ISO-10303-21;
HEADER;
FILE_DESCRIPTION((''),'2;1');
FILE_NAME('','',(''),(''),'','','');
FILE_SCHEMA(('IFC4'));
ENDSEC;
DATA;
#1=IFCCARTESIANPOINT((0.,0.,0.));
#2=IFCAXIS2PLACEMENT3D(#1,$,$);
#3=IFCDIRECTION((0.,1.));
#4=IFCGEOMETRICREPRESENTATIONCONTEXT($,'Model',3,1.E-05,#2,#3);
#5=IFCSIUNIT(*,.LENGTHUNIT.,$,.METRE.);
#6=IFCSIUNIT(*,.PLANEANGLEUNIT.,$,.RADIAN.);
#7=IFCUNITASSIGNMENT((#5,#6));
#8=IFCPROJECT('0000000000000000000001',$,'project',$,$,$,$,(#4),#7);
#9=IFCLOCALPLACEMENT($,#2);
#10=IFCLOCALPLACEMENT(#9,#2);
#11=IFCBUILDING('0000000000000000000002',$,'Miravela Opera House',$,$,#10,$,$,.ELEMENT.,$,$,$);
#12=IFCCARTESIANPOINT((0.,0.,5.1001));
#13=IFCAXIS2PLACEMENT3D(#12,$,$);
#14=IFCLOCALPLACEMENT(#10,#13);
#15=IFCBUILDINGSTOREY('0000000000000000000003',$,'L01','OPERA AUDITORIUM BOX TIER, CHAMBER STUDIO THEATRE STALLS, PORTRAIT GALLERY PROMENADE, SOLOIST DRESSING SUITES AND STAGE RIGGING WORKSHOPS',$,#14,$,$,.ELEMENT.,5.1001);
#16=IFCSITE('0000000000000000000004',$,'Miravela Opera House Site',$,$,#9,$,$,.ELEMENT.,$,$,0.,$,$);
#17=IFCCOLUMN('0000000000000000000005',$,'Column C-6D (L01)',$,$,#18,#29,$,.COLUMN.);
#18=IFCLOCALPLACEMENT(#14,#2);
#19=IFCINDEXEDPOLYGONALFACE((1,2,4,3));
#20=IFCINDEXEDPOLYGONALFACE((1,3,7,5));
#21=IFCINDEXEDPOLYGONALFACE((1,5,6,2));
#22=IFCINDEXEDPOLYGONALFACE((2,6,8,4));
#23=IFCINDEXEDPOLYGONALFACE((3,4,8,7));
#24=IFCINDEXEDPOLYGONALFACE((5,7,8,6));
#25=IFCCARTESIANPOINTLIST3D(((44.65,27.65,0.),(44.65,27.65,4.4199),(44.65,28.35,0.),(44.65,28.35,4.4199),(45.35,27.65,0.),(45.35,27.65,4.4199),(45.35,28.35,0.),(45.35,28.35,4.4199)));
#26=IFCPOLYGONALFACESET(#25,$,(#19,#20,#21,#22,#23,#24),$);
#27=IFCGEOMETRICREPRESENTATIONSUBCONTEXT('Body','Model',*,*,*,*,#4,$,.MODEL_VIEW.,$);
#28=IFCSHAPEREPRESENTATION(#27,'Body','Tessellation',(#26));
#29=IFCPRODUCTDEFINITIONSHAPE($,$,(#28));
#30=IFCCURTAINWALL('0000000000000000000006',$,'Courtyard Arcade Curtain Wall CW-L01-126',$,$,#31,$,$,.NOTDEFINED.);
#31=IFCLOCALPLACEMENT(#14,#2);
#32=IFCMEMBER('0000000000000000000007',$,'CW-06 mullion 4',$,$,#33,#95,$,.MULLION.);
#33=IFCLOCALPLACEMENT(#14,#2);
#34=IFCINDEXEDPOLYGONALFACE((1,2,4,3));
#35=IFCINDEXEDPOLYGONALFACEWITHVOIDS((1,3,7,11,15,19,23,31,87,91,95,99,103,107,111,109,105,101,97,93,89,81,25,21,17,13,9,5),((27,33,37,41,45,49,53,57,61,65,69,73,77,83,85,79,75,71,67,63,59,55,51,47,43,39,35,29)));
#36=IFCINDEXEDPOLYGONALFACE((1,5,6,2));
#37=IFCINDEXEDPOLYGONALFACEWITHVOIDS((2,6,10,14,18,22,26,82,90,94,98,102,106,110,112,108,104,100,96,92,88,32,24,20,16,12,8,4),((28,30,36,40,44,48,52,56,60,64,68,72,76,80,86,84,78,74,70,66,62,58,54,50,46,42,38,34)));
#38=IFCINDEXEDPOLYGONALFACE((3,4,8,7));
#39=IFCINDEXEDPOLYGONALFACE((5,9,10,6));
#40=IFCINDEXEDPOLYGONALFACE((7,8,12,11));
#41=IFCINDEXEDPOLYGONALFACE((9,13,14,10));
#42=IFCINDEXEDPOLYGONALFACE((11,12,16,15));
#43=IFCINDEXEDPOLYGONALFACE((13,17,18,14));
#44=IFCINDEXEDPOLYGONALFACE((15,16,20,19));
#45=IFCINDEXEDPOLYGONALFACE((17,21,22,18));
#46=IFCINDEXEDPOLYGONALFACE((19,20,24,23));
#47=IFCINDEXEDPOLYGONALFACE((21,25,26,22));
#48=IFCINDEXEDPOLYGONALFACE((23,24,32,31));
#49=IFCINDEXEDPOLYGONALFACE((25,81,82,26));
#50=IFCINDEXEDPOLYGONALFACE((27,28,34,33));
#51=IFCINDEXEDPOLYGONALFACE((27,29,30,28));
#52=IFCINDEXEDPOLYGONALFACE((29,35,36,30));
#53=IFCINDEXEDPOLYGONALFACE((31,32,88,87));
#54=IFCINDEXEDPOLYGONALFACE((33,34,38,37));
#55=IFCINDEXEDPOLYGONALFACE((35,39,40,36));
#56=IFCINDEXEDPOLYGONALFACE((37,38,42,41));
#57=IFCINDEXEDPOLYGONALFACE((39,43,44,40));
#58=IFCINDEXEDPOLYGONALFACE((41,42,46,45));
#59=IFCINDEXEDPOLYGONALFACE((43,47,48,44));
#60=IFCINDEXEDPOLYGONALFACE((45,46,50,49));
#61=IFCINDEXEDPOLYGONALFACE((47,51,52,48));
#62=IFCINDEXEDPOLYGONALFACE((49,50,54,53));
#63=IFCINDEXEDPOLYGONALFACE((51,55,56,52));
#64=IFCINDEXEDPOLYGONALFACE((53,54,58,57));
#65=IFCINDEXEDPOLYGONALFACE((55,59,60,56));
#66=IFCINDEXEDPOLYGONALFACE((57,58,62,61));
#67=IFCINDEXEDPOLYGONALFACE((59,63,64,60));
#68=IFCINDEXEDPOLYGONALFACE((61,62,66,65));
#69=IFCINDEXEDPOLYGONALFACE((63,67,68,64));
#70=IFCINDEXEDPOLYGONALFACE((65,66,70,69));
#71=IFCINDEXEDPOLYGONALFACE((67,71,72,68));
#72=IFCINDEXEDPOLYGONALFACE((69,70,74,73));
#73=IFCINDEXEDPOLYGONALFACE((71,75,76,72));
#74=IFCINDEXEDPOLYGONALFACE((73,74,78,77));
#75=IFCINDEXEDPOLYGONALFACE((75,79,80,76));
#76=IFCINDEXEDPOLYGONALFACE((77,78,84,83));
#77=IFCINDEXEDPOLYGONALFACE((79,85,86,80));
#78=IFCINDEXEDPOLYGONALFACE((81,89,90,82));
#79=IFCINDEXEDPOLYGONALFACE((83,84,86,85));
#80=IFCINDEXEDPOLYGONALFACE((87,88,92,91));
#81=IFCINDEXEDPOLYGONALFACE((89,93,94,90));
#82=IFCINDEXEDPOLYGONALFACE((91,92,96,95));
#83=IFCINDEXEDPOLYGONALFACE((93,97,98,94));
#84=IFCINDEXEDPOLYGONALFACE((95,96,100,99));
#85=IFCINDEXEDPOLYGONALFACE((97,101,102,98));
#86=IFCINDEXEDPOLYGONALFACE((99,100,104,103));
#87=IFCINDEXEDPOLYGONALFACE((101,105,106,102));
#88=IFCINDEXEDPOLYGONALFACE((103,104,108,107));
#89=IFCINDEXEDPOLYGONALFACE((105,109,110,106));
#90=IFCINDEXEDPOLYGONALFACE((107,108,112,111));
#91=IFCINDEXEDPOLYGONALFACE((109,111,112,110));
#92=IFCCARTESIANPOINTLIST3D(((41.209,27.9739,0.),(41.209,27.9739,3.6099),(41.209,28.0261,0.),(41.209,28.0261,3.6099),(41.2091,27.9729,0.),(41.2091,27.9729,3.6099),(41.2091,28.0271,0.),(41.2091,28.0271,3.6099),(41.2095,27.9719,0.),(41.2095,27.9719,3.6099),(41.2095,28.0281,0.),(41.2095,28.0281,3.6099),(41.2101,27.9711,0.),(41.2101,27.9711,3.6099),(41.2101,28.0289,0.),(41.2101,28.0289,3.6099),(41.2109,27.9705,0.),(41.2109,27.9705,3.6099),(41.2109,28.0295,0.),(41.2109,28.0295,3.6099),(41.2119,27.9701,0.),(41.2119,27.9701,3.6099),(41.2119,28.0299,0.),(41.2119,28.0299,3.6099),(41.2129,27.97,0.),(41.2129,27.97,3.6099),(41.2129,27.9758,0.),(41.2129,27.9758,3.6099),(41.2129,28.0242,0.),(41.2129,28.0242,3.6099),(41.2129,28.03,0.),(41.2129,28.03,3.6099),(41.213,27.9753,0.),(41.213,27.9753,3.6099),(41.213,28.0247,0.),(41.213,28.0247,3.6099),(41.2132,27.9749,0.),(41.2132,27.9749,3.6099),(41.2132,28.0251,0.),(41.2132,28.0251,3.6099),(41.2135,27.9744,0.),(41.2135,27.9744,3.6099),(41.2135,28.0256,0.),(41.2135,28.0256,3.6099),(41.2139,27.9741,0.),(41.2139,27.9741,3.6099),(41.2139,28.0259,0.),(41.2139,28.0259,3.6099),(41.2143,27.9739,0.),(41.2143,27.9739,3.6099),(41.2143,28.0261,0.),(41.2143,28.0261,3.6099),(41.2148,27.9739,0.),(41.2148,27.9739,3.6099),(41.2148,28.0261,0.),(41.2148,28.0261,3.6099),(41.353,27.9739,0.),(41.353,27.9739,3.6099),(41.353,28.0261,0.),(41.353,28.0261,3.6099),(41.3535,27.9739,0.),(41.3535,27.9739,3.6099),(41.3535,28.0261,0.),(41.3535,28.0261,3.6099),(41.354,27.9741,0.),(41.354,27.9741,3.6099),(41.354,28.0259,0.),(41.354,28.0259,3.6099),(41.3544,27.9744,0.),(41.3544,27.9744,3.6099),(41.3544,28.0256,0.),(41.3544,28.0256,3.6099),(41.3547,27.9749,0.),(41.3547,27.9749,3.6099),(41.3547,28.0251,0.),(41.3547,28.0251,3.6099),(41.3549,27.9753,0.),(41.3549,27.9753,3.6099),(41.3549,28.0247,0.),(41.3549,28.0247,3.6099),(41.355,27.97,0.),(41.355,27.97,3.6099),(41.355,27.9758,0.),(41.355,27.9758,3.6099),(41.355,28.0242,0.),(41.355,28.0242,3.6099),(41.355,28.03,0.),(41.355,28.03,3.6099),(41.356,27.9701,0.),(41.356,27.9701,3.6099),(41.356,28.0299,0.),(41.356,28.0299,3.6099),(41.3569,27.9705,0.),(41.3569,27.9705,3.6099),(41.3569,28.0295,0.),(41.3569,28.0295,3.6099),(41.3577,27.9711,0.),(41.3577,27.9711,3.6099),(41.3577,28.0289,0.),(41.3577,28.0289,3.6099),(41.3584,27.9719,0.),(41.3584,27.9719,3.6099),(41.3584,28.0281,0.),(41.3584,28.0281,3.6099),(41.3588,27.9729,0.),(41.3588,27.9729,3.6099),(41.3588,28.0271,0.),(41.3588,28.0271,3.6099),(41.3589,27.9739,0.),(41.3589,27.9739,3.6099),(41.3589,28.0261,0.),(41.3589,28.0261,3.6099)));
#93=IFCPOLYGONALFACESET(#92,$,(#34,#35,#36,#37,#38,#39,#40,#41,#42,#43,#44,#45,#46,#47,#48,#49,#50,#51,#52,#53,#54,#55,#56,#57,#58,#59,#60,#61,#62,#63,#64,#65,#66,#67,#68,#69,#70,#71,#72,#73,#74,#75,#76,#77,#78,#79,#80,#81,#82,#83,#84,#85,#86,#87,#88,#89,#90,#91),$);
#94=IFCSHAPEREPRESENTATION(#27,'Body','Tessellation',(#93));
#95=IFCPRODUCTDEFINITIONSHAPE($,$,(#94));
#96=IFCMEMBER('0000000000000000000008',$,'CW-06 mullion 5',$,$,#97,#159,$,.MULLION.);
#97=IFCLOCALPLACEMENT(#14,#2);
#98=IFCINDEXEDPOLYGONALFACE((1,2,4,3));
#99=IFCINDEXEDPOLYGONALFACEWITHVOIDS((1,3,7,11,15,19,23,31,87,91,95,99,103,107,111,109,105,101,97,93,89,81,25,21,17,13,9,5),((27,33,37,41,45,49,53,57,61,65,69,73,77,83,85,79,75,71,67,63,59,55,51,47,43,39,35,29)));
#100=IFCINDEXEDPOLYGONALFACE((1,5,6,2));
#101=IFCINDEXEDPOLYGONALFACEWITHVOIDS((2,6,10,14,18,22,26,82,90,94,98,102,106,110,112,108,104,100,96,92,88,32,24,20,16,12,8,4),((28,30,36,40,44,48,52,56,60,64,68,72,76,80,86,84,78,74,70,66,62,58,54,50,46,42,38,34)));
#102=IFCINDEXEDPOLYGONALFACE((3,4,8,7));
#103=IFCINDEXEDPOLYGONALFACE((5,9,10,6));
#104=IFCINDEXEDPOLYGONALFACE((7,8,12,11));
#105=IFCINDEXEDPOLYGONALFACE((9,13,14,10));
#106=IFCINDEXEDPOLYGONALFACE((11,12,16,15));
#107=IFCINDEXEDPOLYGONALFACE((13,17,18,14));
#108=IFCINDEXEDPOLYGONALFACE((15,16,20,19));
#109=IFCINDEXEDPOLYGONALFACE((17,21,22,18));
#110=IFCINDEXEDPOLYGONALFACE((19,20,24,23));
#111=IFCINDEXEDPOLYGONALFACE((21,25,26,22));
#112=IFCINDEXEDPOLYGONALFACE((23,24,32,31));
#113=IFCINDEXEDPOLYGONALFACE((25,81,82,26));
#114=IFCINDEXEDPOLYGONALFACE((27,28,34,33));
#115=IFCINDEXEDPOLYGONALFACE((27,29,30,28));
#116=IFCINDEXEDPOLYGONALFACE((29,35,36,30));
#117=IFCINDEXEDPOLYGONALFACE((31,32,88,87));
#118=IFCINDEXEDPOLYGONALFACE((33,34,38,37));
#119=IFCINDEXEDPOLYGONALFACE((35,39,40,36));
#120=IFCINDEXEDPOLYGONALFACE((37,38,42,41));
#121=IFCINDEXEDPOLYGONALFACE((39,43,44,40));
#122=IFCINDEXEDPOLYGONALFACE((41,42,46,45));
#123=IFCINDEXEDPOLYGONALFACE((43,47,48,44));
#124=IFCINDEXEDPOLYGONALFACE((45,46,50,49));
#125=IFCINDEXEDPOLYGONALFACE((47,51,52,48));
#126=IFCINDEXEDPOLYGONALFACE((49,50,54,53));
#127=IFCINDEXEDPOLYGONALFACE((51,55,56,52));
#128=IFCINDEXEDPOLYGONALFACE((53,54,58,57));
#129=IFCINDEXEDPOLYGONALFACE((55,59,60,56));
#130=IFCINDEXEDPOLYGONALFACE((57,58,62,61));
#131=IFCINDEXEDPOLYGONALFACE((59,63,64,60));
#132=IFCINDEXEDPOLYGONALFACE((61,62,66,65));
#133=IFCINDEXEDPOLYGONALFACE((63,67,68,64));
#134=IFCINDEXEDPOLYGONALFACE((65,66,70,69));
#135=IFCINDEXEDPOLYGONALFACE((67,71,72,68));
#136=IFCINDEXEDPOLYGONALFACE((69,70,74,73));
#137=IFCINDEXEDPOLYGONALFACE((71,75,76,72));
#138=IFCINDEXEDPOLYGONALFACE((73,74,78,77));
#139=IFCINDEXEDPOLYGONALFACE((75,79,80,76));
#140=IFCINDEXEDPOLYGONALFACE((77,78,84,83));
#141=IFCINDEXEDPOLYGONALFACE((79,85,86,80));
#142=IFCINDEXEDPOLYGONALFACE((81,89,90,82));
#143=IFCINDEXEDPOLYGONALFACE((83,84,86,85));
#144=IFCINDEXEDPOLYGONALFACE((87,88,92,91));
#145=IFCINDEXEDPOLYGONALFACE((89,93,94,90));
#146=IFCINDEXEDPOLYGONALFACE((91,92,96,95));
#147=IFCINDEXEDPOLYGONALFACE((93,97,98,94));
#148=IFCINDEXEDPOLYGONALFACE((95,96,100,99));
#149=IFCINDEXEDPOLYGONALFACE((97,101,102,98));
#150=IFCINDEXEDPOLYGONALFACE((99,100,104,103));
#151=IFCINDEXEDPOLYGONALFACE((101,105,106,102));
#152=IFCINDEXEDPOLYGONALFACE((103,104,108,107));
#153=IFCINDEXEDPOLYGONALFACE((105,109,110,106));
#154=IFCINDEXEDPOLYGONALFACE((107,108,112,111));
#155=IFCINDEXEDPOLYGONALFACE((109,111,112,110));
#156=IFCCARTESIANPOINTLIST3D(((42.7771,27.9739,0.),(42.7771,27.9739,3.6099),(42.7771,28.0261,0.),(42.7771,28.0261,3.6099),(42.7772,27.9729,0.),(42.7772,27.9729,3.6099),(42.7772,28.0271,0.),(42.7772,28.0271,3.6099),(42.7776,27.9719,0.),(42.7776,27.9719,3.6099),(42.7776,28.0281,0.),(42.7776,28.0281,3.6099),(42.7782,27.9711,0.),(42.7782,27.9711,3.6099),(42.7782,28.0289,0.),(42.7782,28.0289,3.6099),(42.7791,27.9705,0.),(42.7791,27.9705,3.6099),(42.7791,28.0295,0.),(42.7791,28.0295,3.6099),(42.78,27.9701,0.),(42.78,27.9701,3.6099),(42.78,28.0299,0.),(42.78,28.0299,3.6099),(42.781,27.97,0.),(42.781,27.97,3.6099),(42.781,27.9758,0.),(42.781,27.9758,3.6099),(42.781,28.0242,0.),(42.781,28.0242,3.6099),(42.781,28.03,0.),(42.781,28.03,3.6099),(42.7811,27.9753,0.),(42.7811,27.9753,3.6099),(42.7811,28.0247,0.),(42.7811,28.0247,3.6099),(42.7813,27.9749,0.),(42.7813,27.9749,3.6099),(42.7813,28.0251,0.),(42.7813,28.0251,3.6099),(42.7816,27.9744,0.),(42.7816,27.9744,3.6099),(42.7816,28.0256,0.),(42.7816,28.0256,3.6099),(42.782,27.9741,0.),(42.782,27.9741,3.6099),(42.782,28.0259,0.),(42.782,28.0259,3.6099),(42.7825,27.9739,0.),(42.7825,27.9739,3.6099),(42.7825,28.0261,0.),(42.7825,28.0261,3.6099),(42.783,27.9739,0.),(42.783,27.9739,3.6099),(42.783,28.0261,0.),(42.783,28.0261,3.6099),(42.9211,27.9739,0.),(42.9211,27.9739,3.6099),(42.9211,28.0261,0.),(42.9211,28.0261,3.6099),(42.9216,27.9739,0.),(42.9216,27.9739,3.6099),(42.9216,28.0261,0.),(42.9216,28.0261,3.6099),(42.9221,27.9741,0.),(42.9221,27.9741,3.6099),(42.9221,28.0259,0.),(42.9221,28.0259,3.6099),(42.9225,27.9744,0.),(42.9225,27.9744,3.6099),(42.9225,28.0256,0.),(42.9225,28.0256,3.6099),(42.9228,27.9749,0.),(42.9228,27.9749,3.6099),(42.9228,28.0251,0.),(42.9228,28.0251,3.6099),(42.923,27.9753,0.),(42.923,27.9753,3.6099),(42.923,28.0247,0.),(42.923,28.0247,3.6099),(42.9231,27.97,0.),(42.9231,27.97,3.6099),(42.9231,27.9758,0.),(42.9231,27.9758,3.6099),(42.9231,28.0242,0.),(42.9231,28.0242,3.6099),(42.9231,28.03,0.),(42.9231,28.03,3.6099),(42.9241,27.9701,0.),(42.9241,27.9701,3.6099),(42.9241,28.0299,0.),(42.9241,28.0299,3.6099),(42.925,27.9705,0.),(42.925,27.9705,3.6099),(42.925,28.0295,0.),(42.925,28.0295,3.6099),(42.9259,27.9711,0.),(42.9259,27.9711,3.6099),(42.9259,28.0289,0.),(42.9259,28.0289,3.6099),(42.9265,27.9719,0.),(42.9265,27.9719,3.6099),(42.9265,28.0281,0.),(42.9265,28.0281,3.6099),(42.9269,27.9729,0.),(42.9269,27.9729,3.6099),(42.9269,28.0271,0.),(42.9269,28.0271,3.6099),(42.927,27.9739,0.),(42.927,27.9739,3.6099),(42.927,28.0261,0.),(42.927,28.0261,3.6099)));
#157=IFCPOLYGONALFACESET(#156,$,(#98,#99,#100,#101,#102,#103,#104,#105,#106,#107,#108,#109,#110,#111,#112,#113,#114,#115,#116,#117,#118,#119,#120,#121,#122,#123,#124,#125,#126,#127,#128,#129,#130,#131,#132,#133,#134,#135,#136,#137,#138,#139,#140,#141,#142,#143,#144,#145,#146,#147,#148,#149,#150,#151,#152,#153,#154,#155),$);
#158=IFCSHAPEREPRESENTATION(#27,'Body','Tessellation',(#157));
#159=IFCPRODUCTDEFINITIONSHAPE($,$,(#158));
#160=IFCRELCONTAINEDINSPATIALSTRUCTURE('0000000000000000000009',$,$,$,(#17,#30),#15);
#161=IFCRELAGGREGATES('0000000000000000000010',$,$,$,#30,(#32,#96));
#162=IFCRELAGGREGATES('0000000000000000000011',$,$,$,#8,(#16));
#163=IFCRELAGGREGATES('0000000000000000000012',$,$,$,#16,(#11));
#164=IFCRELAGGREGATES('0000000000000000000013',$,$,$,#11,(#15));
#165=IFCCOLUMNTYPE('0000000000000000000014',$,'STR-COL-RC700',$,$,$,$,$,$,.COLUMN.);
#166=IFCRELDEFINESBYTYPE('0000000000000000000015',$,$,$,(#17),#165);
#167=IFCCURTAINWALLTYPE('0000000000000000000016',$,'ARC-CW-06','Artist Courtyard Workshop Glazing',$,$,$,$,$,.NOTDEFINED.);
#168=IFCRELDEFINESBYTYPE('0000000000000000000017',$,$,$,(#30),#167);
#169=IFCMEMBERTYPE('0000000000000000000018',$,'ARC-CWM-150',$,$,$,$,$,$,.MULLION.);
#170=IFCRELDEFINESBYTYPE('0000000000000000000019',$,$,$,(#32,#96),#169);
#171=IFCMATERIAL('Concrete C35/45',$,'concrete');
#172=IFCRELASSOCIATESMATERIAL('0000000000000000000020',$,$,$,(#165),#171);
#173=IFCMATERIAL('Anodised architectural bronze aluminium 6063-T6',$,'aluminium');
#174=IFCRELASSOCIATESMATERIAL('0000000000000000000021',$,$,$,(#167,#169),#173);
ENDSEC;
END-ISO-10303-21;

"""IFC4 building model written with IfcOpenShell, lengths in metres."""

from ifc_helpers import new_model, si_unit, direction, frame, origin, origin_2d, place, context, subcontext, project, spatial, rectangle, hollow_rectangle, extrude, material, material_profile, profile_set, type_object, element, aggregate, save


model = new_model("IFC4")

# Units and contexts
model_context = context("Model", 3, precision=1e-05, world=origin(), true_north=direction((0.0, 1.0)))
body_context = subcontext(model_context, "Body", "Model", "MODEL_VIEW")
ifc_project = project(units=[si_unit("LENGTHUNIT", "METRE"), si_unit("PLANEANGLEUNIT", "RADIAN")], contexts=[model_context])

# Site, building, storey
site_placement = place(None, origin())
site = spatial("IfcSite", under=ifc_project, at=site_placement, Name="Miravela Opera House Site", CompositionType="ELEMENT", RefElevation=0.0)
building_placement = place(site_placement, origin())
building = spatial("IfcBuilding", under=site, at=building_placement, Name="Miravela Opera House", CompositionType="ELEMENT")
storey_placement = place(building_placement, frame((0.0, 0.0, 5.1001)))
storey = spatial("IfcBuildingStorey", under=building, at=storey_placement, Name="L01", Description="OPERA AUDITORIUM BOX TIER, CHAMBER STUDIO THEATRE STALLS, PORTRAIT GALLERY PROMENADE, SOLOIST DRESSING SUITES AND STAGE RIGGING WORKSHOPS", CompositionType="ELEMENT", Elevation=5.1001)

# Column
ifc_material_1 = material(Name="Concrete C35/45", Category="concrete")
ifc_material_profile_1 = material_profile(ifc_material_1, rectangle(XDim=0.7, YDim=0.7, at=origin_2d()), Name="RC-COL-700X700")
ifc_profile_set_1 = profile_set([ifc_material_profile_1])
column_type = type_object("IfcColumnType", Name="STR-COL-RC700", PredefinedType="COLUMN", material=ifc_profile_set_1)
column_placement = place(storey_placement, frame((45.0, 28.0, 0.0), z_axis=(0.0, 0.0, 1.0), x_axis=(1.0, 0.0, 0.0)))
element("IfcColumn", 1, at=column_placement, inside=storey, type_object=column_type, Name="Column C-6D (L01)", PredefinedType="COLUMN", context=body_context, shape_type="SweptSolid", body=[
    extrude(rectangle(XDim=0.7, YDim=0.7, at=origin_2d()), origin(), (0.0, 0.0, 1.0), 4.4199),
])

# Curtain wall, members
ifc_material_2 = material(Name="Anodised architectural bronze aluminium 6063-T6", Category="aluminium")
curtain_wall_type = type_object("IfcCurtainWallType", Name="ARC-CW-06", Description="Artist Courtyard Workshop Glazing", PredefinedType="NOTDEFINED", material=ifc_material_2)
curtain_wall_placement = place(storey_placement, origin())
curtain_wall = element("IfcCurtainWall", 2, at=curtain_wall_placement, inside=storey, type_object=curtain_wall_type, Name="Courtyard Arcade Curtain Wall CW-L01-126", PredefinedType="NOTDEFINED")
ifc_material_profile_2 = material_profile(ifc_material_2, hollow_rectangle(XDim=0.0601, YDim=0.1499, WallThickness=0.0039, InnerFilletRadius=0.002, OuterFilletRadius=0.0039, at=origin_2d()), Name="CWM-60X150")
ifc_profile_set_2 = profile_set([ifc_material_profile_2])
member_type_1 = type_object("IfcMemberType", Name="ARC-CWM-150", PredefinedType="MULLION", material=ifc_profile_set_2)
member_1_placement = place(storey_placement, frame((41.2839, 28.0, 0.0), z_axis=(0.0, 0.0, 1.0), x_axis=(0.0, 1.0, 0.0)))
member_1 = element("IfcMember", 3, at=member_1_placement, type_object=member_type_1, Name="CW-06 mullion 4", PredefinedType="MULLION", context=body_context, shape_type="SweptSolid", body=[
    extrude(hollow_rectangle(XDim=0.0601, YDim=0.1499, WallThickness=0.0039, InnerFilletRadius=0.002, OuterFilletRadius=0.0039, at=origin_2d()), origin(), (0.0, 0.0, 1.0), 3.6099),
])
member_2_placement = place(storey_placement, frame((42.8521, 28.0, 0.0), z_axis=(0.0, 0.0, 1.0), x_axis=(0.0, 1.0, 0.0)))
member_2 = element("IfcMember", 4, at=member_2_placement, type_object=member_type_1, Name="CW-06 mullion 5", PredefinedType="MULLION", context=body_context, shape_type="SweptSolid", body=[
    extrude(hollow_rectangle(XDim=0.0601, YDim=0.1499, WallThickness=0.0039, InnerFilletRadius=0.002, OuterFilletRadius=0.0039, at=origin_2d()), origin(), (0.0, 0.0, 1.0), 3.6099),
])

aggregate(curtain_wall, [member_1, member_2])

save(model, "model.ifc")
